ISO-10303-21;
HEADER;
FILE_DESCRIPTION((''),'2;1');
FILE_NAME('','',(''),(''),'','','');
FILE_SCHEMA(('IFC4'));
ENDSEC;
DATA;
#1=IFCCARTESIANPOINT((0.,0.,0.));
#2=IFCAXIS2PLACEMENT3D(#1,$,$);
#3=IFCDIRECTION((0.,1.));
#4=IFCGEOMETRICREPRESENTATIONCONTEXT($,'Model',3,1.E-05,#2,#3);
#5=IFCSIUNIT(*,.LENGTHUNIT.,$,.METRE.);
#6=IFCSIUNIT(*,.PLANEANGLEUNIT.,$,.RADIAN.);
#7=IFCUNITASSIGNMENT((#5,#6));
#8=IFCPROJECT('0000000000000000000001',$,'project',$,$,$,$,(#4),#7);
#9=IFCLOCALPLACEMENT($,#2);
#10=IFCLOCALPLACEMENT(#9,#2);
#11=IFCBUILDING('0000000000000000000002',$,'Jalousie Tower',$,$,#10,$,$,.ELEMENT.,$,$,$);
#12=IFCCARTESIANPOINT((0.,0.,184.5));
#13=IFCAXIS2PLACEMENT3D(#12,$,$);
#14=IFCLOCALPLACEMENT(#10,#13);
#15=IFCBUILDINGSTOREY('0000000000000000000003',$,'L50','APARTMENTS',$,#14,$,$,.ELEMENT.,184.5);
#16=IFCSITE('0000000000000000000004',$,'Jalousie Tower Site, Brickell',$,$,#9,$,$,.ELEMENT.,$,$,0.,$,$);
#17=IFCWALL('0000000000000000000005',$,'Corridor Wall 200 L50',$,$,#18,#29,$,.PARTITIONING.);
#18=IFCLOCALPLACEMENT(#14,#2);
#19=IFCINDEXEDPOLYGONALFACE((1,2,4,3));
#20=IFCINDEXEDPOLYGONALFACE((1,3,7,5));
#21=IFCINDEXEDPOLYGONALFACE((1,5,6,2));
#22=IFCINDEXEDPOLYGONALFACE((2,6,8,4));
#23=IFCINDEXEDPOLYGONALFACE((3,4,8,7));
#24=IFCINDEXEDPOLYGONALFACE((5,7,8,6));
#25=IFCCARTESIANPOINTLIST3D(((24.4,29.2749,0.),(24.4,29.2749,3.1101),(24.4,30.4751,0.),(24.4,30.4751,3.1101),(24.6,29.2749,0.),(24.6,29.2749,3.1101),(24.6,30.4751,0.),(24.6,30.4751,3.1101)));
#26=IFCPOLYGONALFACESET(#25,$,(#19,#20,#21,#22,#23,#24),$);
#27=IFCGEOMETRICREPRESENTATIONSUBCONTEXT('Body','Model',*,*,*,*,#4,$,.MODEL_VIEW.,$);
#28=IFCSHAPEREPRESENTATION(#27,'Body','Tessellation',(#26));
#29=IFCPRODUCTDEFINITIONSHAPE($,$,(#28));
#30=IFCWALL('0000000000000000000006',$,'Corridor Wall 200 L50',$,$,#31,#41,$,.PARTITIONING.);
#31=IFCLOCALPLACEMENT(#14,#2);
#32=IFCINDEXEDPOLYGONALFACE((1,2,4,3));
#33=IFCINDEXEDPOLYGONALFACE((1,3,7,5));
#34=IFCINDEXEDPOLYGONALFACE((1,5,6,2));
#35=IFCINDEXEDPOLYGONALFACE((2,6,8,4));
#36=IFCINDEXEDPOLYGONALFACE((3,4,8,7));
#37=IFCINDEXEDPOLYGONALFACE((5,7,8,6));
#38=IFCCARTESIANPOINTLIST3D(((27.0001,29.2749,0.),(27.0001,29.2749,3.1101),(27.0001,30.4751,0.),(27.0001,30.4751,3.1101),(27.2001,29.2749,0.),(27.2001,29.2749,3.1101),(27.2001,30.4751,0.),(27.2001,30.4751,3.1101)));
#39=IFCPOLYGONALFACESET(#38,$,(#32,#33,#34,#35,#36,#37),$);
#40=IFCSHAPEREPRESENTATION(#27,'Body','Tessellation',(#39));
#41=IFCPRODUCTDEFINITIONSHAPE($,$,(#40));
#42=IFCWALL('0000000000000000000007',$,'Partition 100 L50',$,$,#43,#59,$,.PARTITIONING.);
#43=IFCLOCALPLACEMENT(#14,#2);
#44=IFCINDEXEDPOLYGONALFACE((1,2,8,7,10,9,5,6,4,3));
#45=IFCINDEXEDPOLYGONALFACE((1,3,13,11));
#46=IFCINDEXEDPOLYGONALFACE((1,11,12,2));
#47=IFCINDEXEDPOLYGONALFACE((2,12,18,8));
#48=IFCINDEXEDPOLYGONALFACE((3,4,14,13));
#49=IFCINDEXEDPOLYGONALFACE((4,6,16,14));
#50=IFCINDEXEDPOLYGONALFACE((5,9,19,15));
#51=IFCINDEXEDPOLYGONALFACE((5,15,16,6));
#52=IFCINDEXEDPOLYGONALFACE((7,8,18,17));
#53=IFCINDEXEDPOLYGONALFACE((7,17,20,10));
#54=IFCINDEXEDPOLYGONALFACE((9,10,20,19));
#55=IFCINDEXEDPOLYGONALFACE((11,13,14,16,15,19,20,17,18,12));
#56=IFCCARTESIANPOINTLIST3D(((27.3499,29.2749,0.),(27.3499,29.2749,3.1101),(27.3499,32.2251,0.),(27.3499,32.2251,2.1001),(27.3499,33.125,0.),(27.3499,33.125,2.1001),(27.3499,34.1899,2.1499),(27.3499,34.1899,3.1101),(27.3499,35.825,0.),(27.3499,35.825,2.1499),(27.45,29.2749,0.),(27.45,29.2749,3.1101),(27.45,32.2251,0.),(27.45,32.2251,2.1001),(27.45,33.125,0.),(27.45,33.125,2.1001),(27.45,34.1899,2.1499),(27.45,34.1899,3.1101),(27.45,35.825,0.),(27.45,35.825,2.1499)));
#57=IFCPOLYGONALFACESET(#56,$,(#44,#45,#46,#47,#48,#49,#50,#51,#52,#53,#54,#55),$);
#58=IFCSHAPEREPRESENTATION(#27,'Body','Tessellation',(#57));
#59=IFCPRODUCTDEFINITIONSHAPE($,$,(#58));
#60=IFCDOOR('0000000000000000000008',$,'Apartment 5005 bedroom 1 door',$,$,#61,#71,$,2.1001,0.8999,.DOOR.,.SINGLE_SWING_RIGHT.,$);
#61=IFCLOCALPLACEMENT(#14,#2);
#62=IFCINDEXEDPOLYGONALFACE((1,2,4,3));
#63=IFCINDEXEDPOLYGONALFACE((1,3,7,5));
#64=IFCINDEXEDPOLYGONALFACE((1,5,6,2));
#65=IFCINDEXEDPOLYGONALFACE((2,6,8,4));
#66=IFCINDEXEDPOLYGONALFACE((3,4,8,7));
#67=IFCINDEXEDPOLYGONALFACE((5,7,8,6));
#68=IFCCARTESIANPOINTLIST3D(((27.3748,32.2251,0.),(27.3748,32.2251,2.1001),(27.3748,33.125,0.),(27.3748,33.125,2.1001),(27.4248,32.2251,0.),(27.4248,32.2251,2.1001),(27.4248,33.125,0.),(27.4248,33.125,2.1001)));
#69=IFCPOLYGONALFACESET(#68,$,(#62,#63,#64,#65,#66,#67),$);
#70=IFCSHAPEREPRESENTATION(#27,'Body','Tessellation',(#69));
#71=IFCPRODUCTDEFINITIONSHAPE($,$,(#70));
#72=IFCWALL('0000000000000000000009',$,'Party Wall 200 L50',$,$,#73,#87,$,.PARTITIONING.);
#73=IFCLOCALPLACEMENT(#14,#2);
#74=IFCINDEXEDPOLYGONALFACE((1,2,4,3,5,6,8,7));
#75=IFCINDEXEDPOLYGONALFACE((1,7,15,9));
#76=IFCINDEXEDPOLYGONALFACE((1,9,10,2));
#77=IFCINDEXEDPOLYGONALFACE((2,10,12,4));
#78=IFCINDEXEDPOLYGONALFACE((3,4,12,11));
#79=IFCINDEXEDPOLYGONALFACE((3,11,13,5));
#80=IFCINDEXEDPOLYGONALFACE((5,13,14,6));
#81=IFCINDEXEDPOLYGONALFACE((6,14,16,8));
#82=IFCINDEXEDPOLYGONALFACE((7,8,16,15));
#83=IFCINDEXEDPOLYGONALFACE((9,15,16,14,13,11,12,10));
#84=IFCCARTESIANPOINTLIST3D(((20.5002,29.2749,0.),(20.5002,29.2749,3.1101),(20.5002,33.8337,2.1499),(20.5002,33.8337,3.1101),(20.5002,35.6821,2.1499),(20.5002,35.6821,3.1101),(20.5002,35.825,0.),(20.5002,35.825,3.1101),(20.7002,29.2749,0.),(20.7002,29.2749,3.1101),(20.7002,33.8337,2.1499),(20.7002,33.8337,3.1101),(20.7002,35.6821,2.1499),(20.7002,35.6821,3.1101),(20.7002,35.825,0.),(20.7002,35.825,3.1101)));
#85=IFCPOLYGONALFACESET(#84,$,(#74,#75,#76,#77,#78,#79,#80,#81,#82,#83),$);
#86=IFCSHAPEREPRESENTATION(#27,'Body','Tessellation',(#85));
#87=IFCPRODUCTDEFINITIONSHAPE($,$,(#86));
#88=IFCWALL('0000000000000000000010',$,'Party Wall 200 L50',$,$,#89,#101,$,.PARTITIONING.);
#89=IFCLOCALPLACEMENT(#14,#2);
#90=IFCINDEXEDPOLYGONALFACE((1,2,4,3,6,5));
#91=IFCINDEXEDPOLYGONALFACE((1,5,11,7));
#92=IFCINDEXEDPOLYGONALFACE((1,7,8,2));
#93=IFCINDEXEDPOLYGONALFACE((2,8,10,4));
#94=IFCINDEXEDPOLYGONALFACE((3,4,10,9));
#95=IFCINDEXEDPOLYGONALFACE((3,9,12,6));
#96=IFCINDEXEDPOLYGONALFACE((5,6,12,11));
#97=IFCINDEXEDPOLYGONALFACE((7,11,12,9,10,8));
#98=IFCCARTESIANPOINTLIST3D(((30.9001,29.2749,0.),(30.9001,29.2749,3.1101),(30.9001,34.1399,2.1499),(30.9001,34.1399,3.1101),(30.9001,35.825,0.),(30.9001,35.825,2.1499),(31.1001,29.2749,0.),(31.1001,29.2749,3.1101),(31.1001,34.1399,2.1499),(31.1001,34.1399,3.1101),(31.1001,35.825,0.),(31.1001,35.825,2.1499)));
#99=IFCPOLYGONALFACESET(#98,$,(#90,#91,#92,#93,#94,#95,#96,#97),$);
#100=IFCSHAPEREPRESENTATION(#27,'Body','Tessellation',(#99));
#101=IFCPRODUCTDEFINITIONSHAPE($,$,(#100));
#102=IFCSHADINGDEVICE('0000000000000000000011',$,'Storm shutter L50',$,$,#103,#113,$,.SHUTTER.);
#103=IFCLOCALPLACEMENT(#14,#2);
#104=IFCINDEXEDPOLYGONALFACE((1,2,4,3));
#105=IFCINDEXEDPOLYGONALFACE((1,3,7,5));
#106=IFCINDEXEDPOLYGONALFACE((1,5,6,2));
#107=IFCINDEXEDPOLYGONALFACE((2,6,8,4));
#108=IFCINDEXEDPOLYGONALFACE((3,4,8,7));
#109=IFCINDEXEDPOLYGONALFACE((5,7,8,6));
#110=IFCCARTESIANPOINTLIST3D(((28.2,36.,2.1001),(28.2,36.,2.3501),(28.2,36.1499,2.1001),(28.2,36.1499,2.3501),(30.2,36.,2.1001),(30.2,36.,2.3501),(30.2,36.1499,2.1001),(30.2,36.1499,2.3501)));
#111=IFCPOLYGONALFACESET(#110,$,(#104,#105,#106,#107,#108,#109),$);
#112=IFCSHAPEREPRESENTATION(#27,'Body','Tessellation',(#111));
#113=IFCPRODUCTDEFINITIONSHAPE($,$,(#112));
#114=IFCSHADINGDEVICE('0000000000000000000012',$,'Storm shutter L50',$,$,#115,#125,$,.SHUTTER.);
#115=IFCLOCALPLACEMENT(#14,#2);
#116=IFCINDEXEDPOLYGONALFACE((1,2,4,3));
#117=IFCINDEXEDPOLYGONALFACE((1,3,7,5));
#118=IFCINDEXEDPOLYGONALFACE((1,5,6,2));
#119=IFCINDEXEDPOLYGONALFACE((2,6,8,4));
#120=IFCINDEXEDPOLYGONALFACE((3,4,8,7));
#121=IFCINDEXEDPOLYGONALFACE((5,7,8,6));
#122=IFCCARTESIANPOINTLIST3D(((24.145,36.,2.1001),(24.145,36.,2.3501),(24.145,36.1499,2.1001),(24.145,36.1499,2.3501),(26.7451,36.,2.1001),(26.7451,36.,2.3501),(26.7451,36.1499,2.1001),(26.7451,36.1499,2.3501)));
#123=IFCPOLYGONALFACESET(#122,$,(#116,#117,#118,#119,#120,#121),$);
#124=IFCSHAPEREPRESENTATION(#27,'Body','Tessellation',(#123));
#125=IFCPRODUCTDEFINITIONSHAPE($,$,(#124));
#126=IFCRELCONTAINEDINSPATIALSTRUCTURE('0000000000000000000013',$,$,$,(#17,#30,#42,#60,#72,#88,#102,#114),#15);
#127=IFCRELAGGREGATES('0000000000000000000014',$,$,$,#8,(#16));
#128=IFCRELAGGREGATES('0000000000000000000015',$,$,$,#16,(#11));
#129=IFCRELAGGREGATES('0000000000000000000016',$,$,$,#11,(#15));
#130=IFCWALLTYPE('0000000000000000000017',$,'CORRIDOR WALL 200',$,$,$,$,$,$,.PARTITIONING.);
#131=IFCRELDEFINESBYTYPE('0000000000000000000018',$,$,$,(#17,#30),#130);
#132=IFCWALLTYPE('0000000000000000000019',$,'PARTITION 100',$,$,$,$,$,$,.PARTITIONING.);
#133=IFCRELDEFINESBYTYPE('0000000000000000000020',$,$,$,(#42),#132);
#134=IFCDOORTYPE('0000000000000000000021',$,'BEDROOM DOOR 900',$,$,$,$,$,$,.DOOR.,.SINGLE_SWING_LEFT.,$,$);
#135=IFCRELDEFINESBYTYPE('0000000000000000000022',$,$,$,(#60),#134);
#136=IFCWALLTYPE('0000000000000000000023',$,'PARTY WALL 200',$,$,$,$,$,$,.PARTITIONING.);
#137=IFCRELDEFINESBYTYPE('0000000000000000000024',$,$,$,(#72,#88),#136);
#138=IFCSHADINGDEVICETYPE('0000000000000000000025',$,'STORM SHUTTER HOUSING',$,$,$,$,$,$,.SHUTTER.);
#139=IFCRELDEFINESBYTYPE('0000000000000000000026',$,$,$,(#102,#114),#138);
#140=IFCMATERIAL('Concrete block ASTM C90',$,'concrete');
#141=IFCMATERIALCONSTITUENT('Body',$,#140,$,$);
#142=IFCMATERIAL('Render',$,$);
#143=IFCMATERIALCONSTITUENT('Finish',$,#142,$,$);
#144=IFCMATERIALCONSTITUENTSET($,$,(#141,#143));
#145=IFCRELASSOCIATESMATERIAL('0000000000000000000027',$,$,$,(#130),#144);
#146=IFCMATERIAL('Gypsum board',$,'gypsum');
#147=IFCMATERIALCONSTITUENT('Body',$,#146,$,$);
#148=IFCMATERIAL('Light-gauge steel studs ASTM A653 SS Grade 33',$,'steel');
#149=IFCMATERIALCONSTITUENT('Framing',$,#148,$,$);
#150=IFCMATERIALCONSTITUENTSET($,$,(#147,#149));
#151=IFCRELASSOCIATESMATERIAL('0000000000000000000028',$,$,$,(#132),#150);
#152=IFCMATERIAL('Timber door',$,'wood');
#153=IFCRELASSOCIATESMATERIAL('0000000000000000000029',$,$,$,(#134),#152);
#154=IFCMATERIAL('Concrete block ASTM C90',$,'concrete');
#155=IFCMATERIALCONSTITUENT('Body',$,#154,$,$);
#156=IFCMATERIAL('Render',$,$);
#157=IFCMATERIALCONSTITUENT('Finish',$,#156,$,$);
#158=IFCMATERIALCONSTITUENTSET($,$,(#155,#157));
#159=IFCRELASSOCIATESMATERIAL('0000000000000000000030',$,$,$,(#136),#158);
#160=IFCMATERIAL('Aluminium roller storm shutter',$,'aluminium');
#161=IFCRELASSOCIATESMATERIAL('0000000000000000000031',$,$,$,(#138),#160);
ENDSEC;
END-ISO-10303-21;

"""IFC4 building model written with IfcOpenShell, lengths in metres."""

from ifc_helpers import new_model, si_unit, direction, frame, frame_2d, origin, origin_2d, place, context, subcontext, project, spatial, polyline, rectangle, outline, extrude, material, constituent, constituent_set, type_object, element, fill, save


model = new_model("IFC4")

# Units and contexts
model_context = context("Model", 3, precision=1e-05, world=origin(), true_north=direction((0.0, 1.0)))
body_context = subcontext(model_context, "Body", "Model", "MODEL_VIEW")
ifc_project = project(units=[si_unit("LENGTHUNIT", "METRE"), si_unit("PLANEANGLEUNIT", "RADIAN")], contexts=[model_context])

# Site, building, storey
site_placement = place(None, origin())
site = spatial("IfcSite", under=ifc_project, at=site_placement, Name="Jalousie Tower Site, Brickell", CompositionType="ELEMENT", RefElevation=0.0)
building_placement = place(site_placement, origin())
building = spatial("IfcBuilding", under=site, at=building_placement, Name="Jalousie Tower", CompositionType="ELEMENT")
storey_placement = place(building_placement, frame((0.0, 0.0, 184.5)))
storey = spatial("IfcBuildingStorey", under=building, at=storey_placement, Name="L50", Description="APARTMENTS", CompositionType="ELEMENT", Elevation=184.5)

# Shared definitions
ifc_material_1 = material(Name="Concrete block ASTM C90", Category="concrete")
ifc_constituent_1 = constituent(ifc_material_1, Name="Body")
ifc_material_2 = material(Name="Render")
ifc_constituent_2 = constituent(ifc_material_2, Name="Finish")
ifc_constituent_set_1 = constituent_set(constituents=[ifc_constituent_1, ifc_constituent_2])
wall_type_1 = type_object("IfcWallType", Name="CORRIDOR WALL 200", PredefinedType="PARTITIONING", material=ifc_constituent_set_1)

# Walls
for number, where, z_axis, x_axis, name in (
    (1, (24.5, 29.2749, 0.0), (0.0, 0.0, 1.0), (0.0, 1.0, 0.0), "Corridor Wall 200 L50"),
    (2, (27.1001, 29.2749, 0.0), (0.0, 0.0, 1.0), (0.0, 1.0, 0.0), "Corridor Wall 200 L50"),
):
    element("IfcWall", number, at=place(storey_placement, frame(where, z_axis=z_axis, x_axis=x_axis)), inside=storey, type_object=wall_type_1, Name=name, PredefinedType="PARTITIONING", context=body_context, shape_type="SweptSolid", body=[
        extrude(rectangle(XDim=1.2002, YDim=0.2, at=frame_2d((0.6001, 0.0))), origin(), (0.0, 0.0, 1.0), 3.1101),
    ])

# Wall, opening, door
ifc_material_3 = material(Name="Gypsum board", Category="gypsum")
ifc_constituent_3 = constituent(ifc_material_3, Name="Body")
ifc_material_4 = material(Name="Light-gauge steel studs ASTM A653 SS Grade 33", Category="steel")
ifc_constituent_4 = constituent(ifc_material_4, Name="Framing")
ifc_constituent_set_2 = constituent_set(constituents=[ifc_constituent_3, ifc_constituent_4])
wall_type_2 = type_object("IfcWallType", Name="PARTITION 100", PredefinedType="PARTITIONING", material=ifc_constituent_set_2)
wall_1_placement = place(storey_placement, frame((27.3999, 35.825, 0.0), z_axis=(0.0, 0.0, 1.0), x_axis=(0.0, -1.0, 0.0)))
wall_1 = element("IfcWall", 3, at=wall_1_placement, inside=storey, type_object=wall_type_2, Name="Partition 100 L50", PredefinedType="PARTITIONING", context=body_context, shape_type="SweptSolid", body=[
    extrude(outline(polyline([(0.0, 0.0), (6.55, 0.0), (6.55, 3.1101), (1.635, 3.1101), (1.635, 2.1499), (0.0, 2.1499), (0.0, 3.1101), (0.0, 0.0)])), frame((0.0, 0.05, 0.0), z_axis=(0.0, -1.0, 0.0), x_axis=(1.0, 0.0, 0.0)), (0.0, 0.0, 1.0), 0.1001),
])
opening_1_placement = place(wall_1_placement, frame((2.7, 0.0, 0.0)))
opening_1 = element("IfcOpeningElement", 4, at=opening_1_placement, cuts=wall_1, PredefinedType="OPENING", context=body_context, shape_type="SweptSolid", body=[
    extrude(rectangle(XDim=0.8999, YDim=2.1001, at=frame_2d((0.45, 1.05))), frame((0.0, 0.0601, 0.0), z_axis=(0.0, -1.0, 0.0), x_axis=(1.0, 0.0, 0.0)), (0.0, 0.0, 1.0), 0.1201),
])
ifc_material_5 = material(Name="Timber door", Category="wood")
door_type_1 = type_object("IfcDoorType", Name="BEDROOM DOOR 900", OperationType="SINGLE_SWING_LEFT", PredefinedType="DOOR", material=ifc_material_5)
door_1_placement = place(opening_1_placement, origin())
door_1 = element("IfcDoor", 5, at=door_1_placement, inside=storey, type_object=door_type_1, Name="Apartment 5005 bedroom 1 door", OperationType="SINGLE_SWING_RIGHT", OverallHeight=2.1001, OverallWidth=0.8999, PredefinedType="DOOR", context=body_context, shape_type="SweptSolid", body=[
    extrude(rectangle(XDim=0.8999, YDim=2.1001, at=frame_2d((0.45, 1.05))), frame((0.0, 0.0249, 0.0), z_axis=(0.0, -1.0, 0.0), x_axis=(1.0, 0.0, 0.0)), (0.0, 0.0, 1.0), 0.05),
])
fill(opening_1, door_1)

# Walls
ifc_material_6 = material(Name="Concrete block ASTM C90", Category="concrete")
ifc_constituent_5 = constituent(ifc_material_6, Name="Body")
ifc_material_7 = material(Name="Render")
ifc_constituent_6 = constituent(ifc_material_7, Name="Finish")
ifc_constituent_set_3 = constituent_set(constituents=[ifc_constituent_5, ifc_constituent_6])
wall_type_3 = type_object("IfcWallType", Name="PARTY WALL 200", PredefinedType="PARTITIONING", material=ifc_constituent_set_3)
wall_2_placement = place(storey_placement, frame((20.6001, 35.825, 0.0), z_axis=(0.0, 0.0, 1.0), x_axis=(0.0, -1.0, 0.0)))
element("IfcWall", 6, at=wall_2_placement, inside=storey, type_object=wall_type_3, Name="Party Wall 200 L50", PredefinedType="PARTITIONING", context=body_context, shape_type="SweptSolid", body=[
    extrude(outline(polyline([(0.0, 0.0), (6.55, 0.0), (6.55, 3.1101), (1.9912, 3.1101), (1.9912, 2.1499), (0.1428, 2.1499), (0.1428, 3.1101), (0.0, 3.1101), (0.0, 0.0)])), frame((0.0, 0.1001, 0.0), z_axis=(0.0, -1.0, 0.0), x_axis=(1.0, 0.0, 0.0)), (0.0, 0.0, 1.0), 0.2),
])
wall_3_placement = place(storey_placement, frame((31.0, 35.825, 0.0), z_axis=(0.0, 0.0, 1.0), x_axis=(0.0, -1.0, 0.0)))
element("IfcWall", 7, at=wall_3_placement, inside=storey, type_object=wall_type_3, Name="Party Wall 200 L50", PredefinedType="PARTITIONING", context=body_context, shape_type="SweptSolid", body=[
    extrude(outline(polyline([(0.0, 0.0), (6.55, 0.0), (6.55, 3.1101), (1.6851, 3.1101), (1.6851, 2.1499), (0.0, 2.1499), (0.0, 3.1101), (0.0, 0.0)])), frame((0.0, 0.1001, 0.0), z_axis=(0.0, -1.0, 0.0), x_axis=(1.0, 0.0, 0.0)), (0.0, 0.0, 1.0), 0.2),
])

# Shading devices
ifc_material_8 = material(Name="Aluminium roller storm shutter", Category="aluminium")
shading_device_type = type_object("IfcShadingDeviceType", Name="STORM SHUTTER HOUSING", PredefinedType="SHUTTER", material=ifc_material_8)
shading_device_1_placement = place(storey_placement, frame((29.2, 36.075, 2.1001), z_axis=(0.0, 0.0, 1.0), x_axis=(-1.0, 0.0, 0.0)))
element("IfcShadingDevice", 8, at=shading_device_1_placement, inside=storey, type_object=shading_device_type, Name="Storm shutter L50", PredefinedType="SHUTTER", context=body_context, shape_type="SweptSolid", body=[
    extrude(rectangle(XDim=2.0, YDim=0.1499, at=origin_2d()), origin(), (0.0, 0.0, 1.0), 0.25),
])
shading_device_2_placement = place(storey_placement, frame((25.4451, 36.075, 2.1001), z_axis=(0.0, 0.0, 1.0), x_axis=(-1.0, 0.0, 0.0)))
element("IfcShadingDevice", 9, at=shading_device_2_placement, inside=storey, type_object=shading_device_type, Name="Storm shutter L50", PredefinedType="SHUTTER", context=body_context, shape_type="SweptSolid", body=[
    extrude(rectangle(XDim=2.6001, YDim=0.1499, at=origin_2d()), origin(), (0.0, 0.0, 1.0), 0.25),
])

save(model, "model.ifc")
